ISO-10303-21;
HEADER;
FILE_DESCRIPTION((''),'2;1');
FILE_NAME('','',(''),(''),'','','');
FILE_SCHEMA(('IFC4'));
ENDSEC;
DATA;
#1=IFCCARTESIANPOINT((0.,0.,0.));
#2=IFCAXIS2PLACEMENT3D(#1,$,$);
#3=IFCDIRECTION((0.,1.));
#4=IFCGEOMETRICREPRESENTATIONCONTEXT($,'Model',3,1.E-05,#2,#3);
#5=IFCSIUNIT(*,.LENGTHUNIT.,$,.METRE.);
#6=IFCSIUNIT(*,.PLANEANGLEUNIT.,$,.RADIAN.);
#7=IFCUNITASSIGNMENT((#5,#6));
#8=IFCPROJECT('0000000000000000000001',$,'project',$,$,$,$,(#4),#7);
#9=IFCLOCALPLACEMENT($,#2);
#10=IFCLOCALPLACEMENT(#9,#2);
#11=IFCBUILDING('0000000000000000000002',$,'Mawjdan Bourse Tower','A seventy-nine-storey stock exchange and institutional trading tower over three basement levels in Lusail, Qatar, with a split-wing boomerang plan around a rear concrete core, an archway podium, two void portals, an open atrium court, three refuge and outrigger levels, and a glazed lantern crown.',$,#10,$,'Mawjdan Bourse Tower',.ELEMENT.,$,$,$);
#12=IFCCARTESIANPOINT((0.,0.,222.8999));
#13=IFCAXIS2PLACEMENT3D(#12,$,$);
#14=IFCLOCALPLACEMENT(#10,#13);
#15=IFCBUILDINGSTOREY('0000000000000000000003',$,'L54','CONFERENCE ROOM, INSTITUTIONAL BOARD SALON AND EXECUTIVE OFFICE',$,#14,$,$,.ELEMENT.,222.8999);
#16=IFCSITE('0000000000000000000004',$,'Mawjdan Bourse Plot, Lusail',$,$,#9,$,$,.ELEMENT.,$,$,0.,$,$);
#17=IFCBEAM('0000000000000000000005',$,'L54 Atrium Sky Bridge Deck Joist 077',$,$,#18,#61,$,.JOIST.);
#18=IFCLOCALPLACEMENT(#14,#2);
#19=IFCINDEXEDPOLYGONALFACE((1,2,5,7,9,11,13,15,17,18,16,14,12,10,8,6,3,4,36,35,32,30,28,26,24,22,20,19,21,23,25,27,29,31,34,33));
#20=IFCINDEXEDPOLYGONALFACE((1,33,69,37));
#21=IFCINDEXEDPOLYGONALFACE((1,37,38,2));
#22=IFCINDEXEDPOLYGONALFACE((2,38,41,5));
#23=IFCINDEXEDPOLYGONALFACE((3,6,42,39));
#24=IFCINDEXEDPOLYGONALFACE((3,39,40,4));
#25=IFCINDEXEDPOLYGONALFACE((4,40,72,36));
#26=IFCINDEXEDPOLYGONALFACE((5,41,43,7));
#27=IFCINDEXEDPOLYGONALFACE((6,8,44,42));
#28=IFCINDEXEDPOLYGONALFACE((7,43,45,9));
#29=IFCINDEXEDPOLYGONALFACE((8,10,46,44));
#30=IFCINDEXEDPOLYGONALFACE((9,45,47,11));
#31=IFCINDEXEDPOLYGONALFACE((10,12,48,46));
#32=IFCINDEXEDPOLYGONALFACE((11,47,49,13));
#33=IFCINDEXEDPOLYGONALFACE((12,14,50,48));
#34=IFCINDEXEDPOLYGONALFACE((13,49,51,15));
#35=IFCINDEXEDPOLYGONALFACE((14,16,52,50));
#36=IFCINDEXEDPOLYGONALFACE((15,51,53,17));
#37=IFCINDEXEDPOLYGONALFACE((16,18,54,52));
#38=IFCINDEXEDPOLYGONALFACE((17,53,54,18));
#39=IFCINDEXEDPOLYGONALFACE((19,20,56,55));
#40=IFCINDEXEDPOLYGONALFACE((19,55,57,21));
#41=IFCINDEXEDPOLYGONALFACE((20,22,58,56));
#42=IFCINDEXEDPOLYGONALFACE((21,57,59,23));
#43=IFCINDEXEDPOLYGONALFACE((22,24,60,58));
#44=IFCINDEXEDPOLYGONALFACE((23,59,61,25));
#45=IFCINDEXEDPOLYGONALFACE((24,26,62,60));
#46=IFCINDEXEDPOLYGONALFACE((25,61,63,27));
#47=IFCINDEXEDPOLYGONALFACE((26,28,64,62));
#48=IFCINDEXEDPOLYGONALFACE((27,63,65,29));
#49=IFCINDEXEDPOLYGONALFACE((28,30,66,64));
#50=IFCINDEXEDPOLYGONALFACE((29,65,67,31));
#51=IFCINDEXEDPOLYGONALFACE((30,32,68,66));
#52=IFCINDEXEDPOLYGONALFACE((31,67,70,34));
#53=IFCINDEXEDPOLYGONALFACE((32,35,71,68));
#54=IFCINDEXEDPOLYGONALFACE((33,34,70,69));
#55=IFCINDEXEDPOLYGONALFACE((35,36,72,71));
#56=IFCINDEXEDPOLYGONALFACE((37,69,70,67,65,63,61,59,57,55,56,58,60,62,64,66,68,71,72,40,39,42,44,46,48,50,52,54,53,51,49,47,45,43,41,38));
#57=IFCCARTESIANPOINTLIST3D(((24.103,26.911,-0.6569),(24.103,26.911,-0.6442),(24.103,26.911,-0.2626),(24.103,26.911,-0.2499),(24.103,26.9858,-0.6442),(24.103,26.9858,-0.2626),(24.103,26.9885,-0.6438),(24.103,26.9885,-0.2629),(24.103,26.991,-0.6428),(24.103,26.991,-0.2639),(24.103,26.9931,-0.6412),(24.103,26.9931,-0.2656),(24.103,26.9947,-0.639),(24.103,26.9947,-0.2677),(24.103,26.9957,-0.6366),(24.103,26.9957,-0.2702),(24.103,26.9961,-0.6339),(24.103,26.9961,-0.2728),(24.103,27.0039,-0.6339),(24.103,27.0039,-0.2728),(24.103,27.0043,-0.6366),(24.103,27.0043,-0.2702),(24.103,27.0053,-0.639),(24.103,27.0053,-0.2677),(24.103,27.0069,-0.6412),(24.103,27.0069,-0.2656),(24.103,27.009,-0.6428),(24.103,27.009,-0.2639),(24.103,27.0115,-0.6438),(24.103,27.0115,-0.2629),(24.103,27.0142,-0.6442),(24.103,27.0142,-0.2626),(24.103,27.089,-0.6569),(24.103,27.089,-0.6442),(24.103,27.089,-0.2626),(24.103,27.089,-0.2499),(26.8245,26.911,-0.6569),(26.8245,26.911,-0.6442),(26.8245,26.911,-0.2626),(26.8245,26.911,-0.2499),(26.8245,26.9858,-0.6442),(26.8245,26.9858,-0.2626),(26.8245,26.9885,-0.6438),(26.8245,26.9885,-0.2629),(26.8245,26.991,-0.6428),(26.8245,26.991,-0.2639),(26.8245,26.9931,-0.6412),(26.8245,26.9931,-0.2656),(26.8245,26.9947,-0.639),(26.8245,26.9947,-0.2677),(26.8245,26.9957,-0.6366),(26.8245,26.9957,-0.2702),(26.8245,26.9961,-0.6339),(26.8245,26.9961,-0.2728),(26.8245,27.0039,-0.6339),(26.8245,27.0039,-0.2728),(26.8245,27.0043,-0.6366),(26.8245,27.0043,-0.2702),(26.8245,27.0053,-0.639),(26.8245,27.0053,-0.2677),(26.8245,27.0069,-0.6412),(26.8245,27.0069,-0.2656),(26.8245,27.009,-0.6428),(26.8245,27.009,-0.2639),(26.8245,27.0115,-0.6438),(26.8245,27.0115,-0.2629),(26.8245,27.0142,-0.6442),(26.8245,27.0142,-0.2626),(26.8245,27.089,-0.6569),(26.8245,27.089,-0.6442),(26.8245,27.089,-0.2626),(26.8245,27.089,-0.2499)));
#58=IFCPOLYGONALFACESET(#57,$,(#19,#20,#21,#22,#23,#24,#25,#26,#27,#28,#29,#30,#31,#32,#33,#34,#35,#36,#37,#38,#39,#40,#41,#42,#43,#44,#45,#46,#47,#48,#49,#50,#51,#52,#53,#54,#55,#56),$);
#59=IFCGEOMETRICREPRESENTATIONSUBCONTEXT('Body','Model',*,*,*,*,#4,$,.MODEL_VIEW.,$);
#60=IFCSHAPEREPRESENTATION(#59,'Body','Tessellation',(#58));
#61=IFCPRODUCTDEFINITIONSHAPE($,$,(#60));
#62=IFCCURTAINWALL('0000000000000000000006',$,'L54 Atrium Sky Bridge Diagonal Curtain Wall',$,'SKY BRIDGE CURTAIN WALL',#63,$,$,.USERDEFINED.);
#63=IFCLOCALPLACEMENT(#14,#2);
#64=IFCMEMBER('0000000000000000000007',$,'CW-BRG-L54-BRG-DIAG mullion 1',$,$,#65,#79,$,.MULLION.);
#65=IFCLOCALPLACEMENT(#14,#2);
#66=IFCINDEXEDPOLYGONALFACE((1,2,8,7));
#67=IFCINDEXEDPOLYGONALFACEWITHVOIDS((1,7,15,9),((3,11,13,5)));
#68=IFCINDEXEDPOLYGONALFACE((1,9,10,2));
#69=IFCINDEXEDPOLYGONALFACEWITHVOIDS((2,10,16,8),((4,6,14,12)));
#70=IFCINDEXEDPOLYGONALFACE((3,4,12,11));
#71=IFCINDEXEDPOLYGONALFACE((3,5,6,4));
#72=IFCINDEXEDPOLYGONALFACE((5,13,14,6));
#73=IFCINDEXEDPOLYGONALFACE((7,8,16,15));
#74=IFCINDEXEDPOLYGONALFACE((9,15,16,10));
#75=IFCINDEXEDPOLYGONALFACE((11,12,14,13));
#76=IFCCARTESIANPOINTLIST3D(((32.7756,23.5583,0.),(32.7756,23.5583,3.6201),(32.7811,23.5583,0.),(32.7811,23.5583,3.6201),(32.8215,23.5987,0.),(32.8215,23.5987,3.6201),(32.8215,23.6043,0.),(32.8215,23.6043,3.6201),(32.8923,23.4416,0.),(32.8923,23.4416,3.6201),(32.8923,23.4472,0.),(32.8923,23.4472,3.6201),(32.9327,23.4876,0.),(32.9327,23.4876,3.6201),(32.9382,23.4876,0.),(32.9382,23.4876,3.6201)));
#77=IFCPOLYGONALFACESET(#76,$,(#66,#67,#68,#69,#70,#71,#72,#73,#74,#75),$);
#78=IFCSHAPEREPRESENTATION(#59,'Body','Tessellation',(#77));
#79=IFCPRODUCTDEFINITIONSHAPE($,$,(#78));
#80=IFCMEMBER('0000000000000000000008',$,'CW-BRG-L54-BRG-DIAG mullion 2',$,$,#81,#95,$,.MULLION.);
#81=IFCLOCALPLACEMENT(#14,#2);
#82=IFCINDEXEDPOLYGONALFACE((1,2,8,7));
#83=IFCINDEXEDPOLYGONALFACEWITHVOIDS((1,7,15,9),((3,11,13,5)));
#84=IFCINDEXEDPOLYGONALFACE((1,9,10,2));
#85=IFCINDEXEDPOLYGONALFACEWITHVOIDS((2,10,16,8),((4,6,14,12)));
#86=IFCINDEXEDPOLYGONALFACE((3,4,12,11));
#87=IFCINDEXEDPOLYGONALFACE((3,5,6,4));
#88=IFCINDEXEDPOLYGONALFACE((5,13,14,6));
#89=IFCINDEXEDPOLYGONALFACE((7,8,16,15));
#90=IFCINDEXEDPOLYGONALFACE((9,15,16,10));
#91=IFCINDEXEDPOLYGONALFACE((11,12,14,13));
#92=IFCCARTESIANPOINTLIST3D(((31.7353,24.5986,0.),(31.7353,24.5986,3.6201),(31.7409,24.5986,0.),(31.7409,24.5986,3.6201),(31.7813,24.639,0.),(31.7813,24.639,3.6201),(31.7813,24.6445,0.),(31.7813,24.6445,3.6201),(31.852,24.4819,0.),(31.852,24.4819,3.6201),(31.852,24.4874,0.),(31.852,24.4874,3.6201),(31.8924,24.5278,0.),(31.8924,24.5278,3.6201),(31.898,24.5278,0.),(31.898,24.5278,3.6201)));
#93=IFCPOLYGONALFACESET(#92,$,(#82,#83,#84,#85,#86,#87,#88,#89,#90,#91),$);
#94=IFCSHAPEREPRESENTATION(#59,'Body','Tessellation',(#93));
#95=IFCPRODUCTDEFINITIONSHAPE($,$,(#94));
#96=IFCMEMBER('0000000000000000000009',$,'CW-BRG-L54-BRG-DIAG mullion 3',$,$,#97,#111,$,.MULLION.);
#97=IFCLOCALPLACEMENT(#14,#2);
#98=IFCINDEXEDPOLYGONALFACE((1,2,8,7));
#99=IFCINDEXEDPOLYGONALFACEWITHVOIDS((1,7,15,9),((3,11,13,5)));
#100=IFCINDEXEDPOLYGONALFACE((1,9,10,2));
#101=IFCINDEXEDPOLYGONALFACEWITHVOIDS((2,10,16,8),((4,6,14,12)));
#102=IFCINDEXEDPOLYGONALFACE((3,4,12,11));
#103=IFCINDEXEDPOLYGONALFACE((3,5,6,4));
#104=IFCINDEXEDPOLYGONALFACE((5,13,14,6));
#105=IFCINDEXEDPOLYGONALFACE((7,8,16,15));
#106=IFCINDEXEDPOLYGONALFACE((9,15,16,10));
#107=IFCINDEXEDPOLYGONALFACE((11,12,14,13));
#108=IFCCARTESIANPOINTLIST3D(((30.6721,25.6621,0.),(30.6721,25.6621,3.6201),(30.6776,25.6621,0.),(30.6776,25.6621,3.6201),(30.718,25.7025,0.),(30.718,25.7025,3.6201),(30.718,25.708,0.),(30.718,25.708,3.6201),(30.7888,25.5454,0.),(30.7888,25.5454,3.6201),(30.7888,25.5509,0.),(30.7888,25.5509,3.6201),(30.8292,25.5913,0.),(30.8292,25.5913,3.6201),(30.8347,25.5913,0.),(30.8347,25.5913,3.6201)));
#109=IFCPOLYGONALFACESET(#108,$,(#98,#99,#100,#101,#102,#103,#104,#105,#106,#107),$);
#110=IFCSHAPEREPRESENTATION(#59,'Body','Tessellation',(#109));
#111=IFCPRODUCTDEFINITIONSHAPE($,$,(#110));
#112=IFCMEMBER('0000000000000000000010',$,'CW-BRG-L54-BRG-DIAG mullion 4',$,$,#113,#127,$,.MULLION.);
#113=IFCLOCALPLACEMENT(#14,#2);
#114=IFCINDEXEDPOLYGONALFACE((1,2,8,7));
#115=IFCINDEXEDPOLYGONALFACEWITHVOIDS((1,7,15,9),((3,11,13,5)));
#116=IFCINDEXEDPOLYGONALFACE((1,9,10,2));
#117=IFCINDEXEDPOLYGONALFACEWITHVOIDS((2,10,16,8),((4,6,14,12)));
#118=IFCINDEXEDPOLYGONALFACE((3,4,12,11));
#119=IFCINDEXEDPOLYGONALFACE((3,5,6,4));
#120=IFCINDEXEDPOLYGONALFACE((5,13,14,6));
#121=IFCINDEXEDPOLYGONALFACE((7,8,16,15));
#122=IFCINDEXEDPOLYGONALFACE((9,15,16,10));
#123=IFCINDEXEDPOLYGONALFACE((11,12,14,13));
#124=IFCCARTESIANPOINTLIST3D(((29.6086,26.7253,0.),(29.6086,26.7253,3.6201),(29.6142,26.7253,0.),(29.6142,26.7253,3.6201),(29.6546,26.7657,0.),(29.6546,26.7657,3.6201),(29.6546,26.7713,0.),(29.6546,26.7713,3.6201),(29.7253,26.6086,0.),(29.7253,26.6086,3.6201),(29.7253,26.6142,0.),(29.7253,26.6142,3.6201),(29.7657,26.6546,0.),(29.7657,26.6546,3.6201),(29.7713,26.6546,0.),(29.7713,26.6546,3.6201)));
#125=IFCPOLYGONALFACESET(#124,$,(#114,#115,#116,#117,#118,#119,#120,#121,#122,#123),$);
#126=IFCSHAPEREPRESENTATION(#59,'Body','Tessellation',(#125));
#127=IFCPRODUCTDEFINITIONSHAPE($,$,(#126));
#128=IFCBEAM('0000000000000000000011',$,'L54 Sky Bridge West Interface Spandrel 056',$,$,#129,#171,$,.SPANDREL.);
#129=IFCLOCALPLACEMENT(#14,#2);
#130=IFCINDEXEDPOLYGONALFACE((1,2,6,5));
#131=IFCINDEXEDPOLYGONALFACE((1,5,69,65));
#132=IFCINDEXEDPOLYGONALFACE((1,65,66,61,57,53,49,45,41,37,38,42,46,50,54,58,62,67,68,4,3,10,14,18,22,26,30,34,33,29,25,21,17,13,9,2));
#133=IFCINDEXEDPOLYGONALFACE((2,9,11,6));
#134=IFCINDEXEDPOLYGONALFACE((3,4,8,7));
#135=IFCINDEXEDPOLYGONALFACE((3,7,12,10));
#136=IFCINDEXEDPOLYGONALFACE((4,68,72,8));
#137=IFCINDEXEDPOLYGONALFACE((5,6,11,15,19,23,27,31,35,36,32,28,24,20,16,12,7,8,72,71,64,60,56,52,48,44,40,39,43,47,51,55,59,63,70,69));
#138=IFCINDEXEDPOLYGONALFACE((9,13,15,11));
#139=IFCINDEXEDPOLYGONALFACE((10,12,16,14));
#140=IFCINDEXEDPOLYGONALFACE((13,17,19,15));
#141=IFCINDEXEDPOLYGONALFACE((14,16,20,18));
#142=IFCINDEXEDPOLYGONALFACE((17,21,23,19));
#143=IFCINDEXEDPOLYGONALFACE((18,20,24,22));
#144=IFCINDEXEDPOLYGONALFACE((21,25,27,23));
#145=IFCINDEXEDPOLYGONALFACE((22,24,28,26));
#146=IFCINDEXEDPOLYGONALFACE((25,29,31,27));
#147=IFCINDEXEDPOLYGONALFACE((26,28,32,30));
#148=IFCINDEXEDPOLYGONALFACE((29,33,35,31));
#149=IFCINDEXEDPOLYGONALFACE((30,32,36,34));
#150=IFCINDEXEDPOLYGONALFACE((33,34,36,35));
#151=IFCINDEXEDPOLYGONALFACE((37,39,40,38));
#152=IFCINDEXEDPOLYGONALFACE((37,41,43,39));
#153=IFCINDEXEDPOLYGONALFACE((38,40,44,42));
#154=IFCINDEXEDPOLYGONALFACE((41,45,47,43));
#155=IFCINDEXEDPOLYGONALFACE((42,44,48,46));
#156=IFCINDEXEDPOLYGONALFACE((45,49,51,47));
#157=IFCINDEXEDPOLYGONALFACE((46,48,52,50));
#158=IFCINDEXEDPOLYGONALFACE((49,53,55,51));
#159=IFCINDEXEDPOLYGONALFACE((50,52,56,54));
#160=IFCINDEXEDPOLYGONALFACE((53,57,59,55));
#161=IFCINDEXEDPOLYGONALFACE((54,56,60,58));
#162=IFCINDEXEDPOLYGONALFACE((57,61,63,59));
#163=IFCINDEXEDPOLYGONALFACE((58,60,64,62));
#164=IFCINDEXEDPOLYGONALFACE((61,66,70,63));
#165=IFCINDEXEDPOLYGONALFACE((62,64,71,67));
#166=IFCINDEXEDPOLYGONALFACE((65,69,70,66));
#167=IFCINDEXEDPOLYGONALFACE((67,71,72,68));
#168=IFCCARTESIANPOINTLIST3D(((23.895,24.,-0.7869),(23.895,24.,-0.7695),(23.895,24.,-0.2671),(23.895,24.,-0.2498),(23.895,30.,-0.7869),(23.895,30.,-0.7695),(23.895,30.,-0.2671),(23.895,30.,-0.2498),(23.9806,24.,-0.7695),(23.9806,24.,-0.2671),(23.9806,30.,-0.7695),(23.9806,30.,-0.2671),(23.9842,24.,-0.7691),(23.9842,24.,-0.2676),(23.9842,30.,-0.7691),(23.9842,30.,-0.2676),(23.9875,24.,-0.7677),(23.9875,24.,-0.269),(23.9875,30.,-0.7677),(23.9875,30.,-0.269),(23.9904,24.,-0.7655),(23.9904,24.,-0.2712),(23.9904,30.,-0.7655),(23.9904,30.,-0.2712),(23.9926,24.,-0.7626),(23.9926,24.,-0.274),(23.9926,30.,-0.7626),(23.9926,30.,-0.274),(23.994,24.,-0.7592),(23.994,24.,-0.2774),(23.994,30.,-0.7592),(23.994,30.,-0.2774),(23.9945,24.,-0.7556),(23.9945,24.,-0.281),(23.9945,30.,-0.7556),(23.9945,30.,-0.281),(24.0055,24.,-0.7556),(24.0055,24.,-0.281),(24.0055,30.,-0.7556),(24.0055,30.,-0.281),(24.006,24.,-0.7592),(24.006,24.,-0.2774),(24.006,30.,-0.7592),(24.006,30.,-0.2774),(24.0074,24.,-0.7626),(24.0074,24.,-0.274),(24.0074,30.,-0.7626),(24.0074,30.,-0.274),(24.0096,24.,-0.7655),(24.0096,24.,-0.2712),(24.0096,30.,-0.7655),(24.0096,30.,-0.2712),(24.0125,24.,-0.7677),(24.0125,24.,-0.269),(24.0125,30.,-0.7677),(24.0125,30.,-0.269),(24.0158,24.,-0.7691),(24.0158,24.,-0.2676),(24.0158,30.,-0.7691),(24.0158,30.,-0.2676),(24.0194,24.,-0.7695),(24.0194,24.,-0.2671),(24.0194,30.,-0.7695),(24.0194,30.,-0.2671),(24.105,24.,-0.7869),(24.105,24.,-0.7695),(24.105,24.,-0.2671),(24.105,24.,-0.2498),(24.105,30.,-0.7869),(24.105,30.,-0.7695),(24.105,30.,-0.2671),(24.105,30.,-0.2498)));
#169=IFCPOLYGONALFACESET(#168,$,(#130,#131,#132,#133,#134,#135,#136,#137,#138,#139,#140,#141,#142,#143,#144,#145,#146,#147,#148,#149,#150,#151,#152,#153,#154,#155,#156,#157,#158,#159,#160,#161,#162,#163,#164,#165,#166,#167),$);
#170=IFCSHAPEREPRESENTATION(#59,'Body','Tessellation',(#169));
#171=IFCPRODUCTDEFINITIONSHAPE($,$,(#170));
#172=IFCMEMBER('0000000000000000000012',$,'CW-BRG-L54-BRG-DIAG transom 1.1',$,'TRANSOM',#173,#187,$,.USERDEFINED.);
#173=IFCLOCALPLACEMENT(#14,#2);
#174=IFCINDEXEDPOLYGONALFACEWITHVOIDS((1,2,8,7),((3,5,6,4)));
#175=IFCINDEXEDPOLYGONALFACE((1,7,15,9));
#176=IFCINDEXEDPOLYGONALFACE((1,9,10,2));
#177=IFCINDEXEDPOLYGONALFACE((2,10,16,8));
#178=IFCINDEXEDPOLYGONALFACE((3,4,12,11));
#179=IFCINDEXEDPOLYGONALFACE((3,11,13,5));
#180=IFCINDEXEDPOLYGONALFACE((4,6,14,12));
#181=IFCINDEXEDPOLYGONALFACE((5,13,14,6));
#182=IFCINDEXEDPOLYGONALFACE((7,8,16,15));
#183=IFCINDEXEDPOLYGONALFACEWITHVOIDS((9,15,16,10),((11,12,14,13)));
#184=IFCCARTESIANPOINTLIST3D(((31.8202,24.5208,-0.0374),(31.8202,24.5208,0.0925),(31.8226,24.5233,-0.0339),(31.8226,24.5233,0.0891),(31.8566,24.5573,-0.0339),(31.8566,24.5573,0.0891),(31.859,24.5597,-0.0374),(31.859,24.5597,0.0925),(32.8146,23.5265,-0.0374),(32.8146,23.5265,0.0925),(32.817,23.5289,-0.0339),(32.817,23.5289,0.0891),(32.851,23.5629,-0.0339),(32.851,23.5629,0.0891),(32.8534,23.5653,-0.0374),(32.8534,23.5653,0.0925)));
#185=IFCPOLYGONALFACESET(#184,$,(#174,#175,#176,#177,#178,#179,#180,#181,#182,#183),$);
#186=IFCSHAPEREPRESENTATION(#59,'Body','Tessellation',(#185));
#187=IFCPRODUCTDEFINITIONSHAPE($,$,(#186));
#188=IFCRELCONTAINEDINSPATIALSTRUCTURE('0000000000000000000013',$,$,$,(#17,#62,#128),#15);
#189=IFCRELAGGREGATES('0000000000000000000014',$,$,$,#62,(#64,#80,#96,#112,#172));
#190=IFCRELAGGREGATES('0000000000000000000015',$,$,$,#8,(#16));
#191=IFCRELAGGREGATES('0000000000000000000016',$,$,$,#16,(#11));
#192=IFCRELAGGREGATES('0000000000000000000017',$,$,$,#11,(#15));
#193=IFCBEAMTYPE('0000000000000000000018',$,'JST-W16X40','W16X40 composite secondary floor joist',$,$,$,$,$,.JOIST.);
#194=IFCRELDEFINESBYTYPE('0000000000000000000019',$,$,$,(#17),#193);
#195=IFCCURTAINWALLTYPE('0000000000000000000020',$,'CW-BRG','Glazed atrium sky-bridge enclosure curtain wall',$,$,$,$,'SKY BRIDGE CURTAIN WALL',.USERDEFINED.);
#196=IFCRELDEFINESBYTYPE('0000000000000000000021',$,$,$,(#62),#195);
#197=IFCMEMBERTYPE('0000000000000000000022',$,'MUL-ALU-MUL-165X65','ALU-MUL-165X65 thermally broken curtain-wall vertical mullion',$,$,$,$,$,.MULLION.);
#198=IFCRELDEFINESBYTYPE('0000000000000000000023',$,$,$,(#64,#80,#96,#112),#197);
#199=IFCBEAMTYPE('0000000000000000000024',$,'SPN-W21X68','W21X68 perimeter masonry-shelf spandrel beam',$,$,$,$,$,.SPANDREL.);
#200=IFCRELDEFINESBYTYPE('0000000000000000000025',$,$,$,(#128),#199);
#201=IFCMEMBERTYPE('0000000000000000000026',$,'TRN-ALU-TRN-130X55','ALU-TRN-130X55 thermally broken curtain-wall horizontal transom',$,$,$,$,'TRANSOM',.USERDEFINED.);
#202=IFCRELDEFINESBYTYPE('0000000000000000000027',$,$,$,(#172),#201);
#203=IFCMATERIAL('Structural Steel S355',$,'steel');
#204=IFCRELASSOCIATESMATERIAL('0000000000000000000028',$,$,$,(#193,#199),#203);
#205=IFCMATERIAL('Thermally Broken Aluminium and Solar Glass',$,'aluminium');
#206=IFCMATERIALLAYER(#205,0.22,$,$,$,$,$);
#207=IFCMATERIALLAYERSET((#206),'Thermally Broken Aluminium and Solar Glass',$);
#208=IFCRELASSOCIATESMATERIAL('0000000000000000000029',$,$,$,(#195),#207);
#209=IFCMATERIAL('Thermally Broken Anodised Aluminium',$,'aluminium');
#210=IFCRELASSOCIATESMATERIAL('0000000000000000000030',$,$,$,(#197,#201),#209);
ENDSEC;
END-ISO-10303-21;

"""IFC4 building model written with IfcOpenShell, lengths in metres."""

from ifc_helpers import new_model, si_unit, direction, frame, origin, origin_2d, place, context, subcontext, project, spatial, hollow_rectangle, i_section, extrude, material, layer, layer_set, material_profile, profile_set, type_object, element, aggregate, save


model = new_model("IFC4")

# Units and contexts
model_context = context("Model", 3, precision=1e-05, world=origin(), true_north=direction((0.0, 1.0)))
body_context = subcontext(model_context, "Body", "Model", "MODEL_VIEW")
ifc_project = project(units=[si_unit("LENGTHUNIT", "METRE"), si_unit("PLANEANGLEUNIT", "RADIAN")], contexts=[model_context])

# Site, building, storey
site_placement = place(None, origin())
site = spatial("IfcSite", under=ifc_project, at=site_placement, Name="Mawjdan Bourse Plot, Lusail", CompositionType="ELEMENT", RefElevation=0.0)
building_placement = place(site_placement, origin())
building = spatial("IfcBuilding", under=site, at=building_placement, Name="Mawjdan Bourse Tower", Description="A seventy-nine-storey stock exchange and institutional trading tower over three basement levels in Lusail, Qatar, with a split-wing boomerang plan around a rear concrete core, an archway podium, two void portals, an open atrium court, three refuge and outrigger levels, and a glazed lantern crown.", LongName="Mawjdan Bourse Tower", CompositionType="ELEMENT")
storey_placement = place(building_placement, frame((0.0, 0.0, 222.8999)))
storey = spatial("IfcBuildingStorey", under=building, at=storey_placement, Name="L54", Description="CONFERENCE ROOM, INSTITUTIONAL BOARD SALON AND EXECUTIVE OFFICE", CompositionType="ELEMENT", Elevation=222.8999)

# Shared definitions
ifc_material_1 = material(Name="Structural Steel S355", Category="steel")

# Beam
ifc_material_profile_1 = material_profile(ifc_material_1, i_section(OverallWidth=0.178, OverallDepth=0.407, WebThickness=0.0078, FlangeThickness=0.0127, FilletRadius=0.0103, at=origin_2d()), Name="W16X40")
ifc_profile_set_1 = profile_set([ifc_material_profile_1], Name="Structural Steel S355")
beam_type_1 = type_object("IfcBeamType", Name="JST-W16X40", Description="W16X40 composite secondary floor joist", PredefinedType="JOIST", material=ifc_profile_set_1)
beam_1_placement = place(storey_placement, frame((24.103, 27.0, -0.4534), z_axis=(1.0, 0.0, 0.0), x_axis=(0.0, 1.0, 0.0)))
element("IfcBeam", 1, at=beam_1_placement, inside=storey, type_object=beam_type_1, Name="L54 Atrium Sky Bridge Deck Joist 077", PredefinedType="JOIST", context=body_context, shape_type="SweptSolid", body=[
    extrude(i_section(OverallWidth=0.178, OverallDepth=0.407, WebThickness=0.0078, FlangeThickness=0.0127, FilletRadius=0.0103, at=origin_2d()), origin(), (0.0, 0.0, 1.0), 2.7214),
])

# Curtain wall, members
ifc_material_2 = material(Name="Thermally Broken Aluminium and Solar Glass", Category="aluminium")
ifc_layer_1 = layer(ifc_material_2, 0.22)
ifc_layer_set_1 = layer_set([ifc_layer_1], Name="Thermally Broken Aluminium and Solar Glass")
curtain_wall_type = type_object("IfcCurtainWallType", Name="CW-BRG", Description="Glazed atrium sky-bridge enclosure curtain wall", ElementType="SKY BRIDGE CURTAIN WALL", PredefinedType="USERDEFINED", material=ifc_layer_set_1)
curtain_wall_placement = place(storey_placement, origin())
curtain_wall = element("IfcCurtainWall", 2, at=curtain_wall_placement, inside=storey, type_object=curtain_wall_type, Name="L54 Atrium Sky Bridge Diagonal Curtain Wall", ObjectType="SKY BRIDGE CURTAIN WALL", PredefinedType="USERDEFINED")
ifc_material_3 = material(Name="Thermally Broken Anodised Aluminium", Category="aluminium")
ifc_material_profile_2 = material_profile(ifc_material_3, hollow_rectangle(XDim=0.0649, YDim=0.165, WallThickness=0.0039, at=origin_2d()), Name="ALU-MUL-165X65")
ifc_profile_set_2 = profile_set([ifc_material_profile_2], Name="Thermally Broken Anodised Aluminium")
member_type_1 = type_object("IfcMemberType", Name="MUL-ALU-MUL-165X65", Description="ALU-MUL-165X65 thermally broken curtain-wall vertical mullion", PredefinedType="MULLION", material=ifc_profile_set_2)
member_1_placement = place(storey_placement, frame((32.8569, 23.5229, 0.0), z_axis=(0.0, 0.0, 1.0), x_axis=(-0.707107, -0.707107, 0.0)))
member_1 = element("IfcMember", 3, at=member_1_placement, type_object=member_type_1, Name="CW-BRG-L54-BRG-DIAG mullion 1", PredefinedType="MULLION", context=body_context, shape_type="SweptSolid", body=[
    extrude(hollow_rectangle(XDim=0.0649, YDim=0.165, WallThickness=0.0039, at=origin_2d()), origin(), (0.0, 0.0, 1.0), 3.6201),
])
member_2_placement = place(storey_placement, frame((31.8167, 24.5632, 0.0), z_axis=(0.0, 0.0, 1.0), x_axis=(-0.707107, -0.707107, 0.0)))
member_2 = element("IfcMember", 4, at=member_2_placement, type_object=member_type_1, Name="CW-BRG-L54-BRG-DIAG mullion 2", PredefinedType="MULLION", context=body_context, shape_type="SweptSolid", body=[
    extrude(hollow_rectangle(XDim=0.0649, YDim=0.165, WallThickness=0.0039, at=origin_2d()), origin(), (0.0, 0.0, 1.0), 3.6201),
])
member_3_placement = place(storey_placement, frame((30.7534, 25.6267, 0.0), z_axis=(0.0, 0.0, 1.0), x_axis=(-0.707107, -0.707107, 0.0)))
member_3 = element("IfcMember", 5, at=member_3_placement, type_object=member_type_1, Name="CW-BRG-L54-BRG-DIAG mullion 3", PredefinedType="MULLION", context=body_context, shape_type="SweptSolid", body=[
    extrude(hollow_rectangle(XDim=0.0649, YDim=0.165, WallThickness=0.0039, at=origin_2d()), origin(), (0.0, 0.0, 1.0), 3.6201),
])
member_4_placement = place(storey_placement, frame((29.6899, 26.6899, 0.0), z_axis=(0.0, 0.0, 1.0), x_axis=(-0.707107, -0.707107, 0.0)))
member_4 = element("IfcMember", 6, at=member_4_placement, type_object=member_type_1, Name="CW-BRG-L54-BRG-DIAG mullion 4", PredefinedType="MULLION", context=body_context, shape_type="SweptSolid", body=[
    extrude(hollow_rectangle(XDim=0.0649, YDim=0.165, WallThickness=0.0039, at=origin_2d()), origin(), (0.0, 0.0, 1.0), 3.6201),
])

# Beam
ifc_material_profile_3 = material_profile(ifc_material_1, i_section(OverallWidth=0.21, OverallDepth=0.5371, WebThickness=0.011, FlangeThickness=0.0173, FilletRadius=0.0139, at=origin_2d()), Name="W21X68")
ifc_profile_set_3 = profile_set([ifc_material_profile_3], Name="Structural Steel S355")
beam_type_2 = type_object("IfcBeamType", Name="SPN-W21X68", Description="W21X68 perimeter masonry-shelf spandrel beam", PredefinedType="SPANDREL", material=ifc_profile_set_3)
beam_2_placement = place(storey_placement, frame((24.0, 24.0, -0.5183), z_axis=(0.0, 1.0, 0.0), x_axis=(-1.0, 0.0, 0.0)))
element("IfcBeam", 7, at=beam_2_placement, inside=storey, type_object=beam_type_2, Name="L54 Sky Bridge West Interface Spandrel 056", PredefinedType="SPANDREL", context=body_context, shape_type="SweptSolid", body=[
    extrude(i_section(OverallWidth=0.21, OverallDepth=0.5371, WebThickness=0.011, FlangeThickness=0.0173, FilletRadius=0.0139, at=origin_2d()), origin(), (0.0, 0.0, 1.0), 6.0),
])

# Member
ifc_material_profile_4 = material_profile(ifc_material_3, hollow_rectangle(XDim=0.0549, YDim=0.1299, WallThickness=0.0034, at=origin_2d()), Name="ALU-TRN-130X55")
ifc_profile_set_4 = profile_set([ifc_material_profile_4], Name="Thermally Broken Anodised Aluminium")
member_type_2 = type_object("IfcMemberType", Name="TRN-ALU-TRN-130X55", Description="ALU-TRN-130X55 thermally broken curtain-wall horizontal transom", ElementType="TRANSOM", PredefinedType="USERDEFINED", material=ifc_profile_set_4)
member_5_placement = place(storey_placement, frame((32.834, 23.5459, 0.0276), z_axis=(-0.707107, 0.707107, 0.0), x_axis=(-0.707107, -0.707107, 0.0)))
member_5 = element("IfcMember", 8, at=member_5_placement, type_object=member_type_2, Name="CW-BRG-L54-BRG-DIAG transom 1.1", ObjectType="TRANSOM", PredefinedType="USERDEFINED", context=body_context, shape_type="SweptSolid", body=[
    extrude(hollow_rectangle(XDim=0.0549, YDim=0.1299, WallThickness=0.0034, at=origin_2d()), origin(), (0.0, 0.0, 1.0), 1.4062),
])

aggregate(curtain_wall, [member_1, member_2, member_3, member_4, member_5])

save(model, "model.ifc")
